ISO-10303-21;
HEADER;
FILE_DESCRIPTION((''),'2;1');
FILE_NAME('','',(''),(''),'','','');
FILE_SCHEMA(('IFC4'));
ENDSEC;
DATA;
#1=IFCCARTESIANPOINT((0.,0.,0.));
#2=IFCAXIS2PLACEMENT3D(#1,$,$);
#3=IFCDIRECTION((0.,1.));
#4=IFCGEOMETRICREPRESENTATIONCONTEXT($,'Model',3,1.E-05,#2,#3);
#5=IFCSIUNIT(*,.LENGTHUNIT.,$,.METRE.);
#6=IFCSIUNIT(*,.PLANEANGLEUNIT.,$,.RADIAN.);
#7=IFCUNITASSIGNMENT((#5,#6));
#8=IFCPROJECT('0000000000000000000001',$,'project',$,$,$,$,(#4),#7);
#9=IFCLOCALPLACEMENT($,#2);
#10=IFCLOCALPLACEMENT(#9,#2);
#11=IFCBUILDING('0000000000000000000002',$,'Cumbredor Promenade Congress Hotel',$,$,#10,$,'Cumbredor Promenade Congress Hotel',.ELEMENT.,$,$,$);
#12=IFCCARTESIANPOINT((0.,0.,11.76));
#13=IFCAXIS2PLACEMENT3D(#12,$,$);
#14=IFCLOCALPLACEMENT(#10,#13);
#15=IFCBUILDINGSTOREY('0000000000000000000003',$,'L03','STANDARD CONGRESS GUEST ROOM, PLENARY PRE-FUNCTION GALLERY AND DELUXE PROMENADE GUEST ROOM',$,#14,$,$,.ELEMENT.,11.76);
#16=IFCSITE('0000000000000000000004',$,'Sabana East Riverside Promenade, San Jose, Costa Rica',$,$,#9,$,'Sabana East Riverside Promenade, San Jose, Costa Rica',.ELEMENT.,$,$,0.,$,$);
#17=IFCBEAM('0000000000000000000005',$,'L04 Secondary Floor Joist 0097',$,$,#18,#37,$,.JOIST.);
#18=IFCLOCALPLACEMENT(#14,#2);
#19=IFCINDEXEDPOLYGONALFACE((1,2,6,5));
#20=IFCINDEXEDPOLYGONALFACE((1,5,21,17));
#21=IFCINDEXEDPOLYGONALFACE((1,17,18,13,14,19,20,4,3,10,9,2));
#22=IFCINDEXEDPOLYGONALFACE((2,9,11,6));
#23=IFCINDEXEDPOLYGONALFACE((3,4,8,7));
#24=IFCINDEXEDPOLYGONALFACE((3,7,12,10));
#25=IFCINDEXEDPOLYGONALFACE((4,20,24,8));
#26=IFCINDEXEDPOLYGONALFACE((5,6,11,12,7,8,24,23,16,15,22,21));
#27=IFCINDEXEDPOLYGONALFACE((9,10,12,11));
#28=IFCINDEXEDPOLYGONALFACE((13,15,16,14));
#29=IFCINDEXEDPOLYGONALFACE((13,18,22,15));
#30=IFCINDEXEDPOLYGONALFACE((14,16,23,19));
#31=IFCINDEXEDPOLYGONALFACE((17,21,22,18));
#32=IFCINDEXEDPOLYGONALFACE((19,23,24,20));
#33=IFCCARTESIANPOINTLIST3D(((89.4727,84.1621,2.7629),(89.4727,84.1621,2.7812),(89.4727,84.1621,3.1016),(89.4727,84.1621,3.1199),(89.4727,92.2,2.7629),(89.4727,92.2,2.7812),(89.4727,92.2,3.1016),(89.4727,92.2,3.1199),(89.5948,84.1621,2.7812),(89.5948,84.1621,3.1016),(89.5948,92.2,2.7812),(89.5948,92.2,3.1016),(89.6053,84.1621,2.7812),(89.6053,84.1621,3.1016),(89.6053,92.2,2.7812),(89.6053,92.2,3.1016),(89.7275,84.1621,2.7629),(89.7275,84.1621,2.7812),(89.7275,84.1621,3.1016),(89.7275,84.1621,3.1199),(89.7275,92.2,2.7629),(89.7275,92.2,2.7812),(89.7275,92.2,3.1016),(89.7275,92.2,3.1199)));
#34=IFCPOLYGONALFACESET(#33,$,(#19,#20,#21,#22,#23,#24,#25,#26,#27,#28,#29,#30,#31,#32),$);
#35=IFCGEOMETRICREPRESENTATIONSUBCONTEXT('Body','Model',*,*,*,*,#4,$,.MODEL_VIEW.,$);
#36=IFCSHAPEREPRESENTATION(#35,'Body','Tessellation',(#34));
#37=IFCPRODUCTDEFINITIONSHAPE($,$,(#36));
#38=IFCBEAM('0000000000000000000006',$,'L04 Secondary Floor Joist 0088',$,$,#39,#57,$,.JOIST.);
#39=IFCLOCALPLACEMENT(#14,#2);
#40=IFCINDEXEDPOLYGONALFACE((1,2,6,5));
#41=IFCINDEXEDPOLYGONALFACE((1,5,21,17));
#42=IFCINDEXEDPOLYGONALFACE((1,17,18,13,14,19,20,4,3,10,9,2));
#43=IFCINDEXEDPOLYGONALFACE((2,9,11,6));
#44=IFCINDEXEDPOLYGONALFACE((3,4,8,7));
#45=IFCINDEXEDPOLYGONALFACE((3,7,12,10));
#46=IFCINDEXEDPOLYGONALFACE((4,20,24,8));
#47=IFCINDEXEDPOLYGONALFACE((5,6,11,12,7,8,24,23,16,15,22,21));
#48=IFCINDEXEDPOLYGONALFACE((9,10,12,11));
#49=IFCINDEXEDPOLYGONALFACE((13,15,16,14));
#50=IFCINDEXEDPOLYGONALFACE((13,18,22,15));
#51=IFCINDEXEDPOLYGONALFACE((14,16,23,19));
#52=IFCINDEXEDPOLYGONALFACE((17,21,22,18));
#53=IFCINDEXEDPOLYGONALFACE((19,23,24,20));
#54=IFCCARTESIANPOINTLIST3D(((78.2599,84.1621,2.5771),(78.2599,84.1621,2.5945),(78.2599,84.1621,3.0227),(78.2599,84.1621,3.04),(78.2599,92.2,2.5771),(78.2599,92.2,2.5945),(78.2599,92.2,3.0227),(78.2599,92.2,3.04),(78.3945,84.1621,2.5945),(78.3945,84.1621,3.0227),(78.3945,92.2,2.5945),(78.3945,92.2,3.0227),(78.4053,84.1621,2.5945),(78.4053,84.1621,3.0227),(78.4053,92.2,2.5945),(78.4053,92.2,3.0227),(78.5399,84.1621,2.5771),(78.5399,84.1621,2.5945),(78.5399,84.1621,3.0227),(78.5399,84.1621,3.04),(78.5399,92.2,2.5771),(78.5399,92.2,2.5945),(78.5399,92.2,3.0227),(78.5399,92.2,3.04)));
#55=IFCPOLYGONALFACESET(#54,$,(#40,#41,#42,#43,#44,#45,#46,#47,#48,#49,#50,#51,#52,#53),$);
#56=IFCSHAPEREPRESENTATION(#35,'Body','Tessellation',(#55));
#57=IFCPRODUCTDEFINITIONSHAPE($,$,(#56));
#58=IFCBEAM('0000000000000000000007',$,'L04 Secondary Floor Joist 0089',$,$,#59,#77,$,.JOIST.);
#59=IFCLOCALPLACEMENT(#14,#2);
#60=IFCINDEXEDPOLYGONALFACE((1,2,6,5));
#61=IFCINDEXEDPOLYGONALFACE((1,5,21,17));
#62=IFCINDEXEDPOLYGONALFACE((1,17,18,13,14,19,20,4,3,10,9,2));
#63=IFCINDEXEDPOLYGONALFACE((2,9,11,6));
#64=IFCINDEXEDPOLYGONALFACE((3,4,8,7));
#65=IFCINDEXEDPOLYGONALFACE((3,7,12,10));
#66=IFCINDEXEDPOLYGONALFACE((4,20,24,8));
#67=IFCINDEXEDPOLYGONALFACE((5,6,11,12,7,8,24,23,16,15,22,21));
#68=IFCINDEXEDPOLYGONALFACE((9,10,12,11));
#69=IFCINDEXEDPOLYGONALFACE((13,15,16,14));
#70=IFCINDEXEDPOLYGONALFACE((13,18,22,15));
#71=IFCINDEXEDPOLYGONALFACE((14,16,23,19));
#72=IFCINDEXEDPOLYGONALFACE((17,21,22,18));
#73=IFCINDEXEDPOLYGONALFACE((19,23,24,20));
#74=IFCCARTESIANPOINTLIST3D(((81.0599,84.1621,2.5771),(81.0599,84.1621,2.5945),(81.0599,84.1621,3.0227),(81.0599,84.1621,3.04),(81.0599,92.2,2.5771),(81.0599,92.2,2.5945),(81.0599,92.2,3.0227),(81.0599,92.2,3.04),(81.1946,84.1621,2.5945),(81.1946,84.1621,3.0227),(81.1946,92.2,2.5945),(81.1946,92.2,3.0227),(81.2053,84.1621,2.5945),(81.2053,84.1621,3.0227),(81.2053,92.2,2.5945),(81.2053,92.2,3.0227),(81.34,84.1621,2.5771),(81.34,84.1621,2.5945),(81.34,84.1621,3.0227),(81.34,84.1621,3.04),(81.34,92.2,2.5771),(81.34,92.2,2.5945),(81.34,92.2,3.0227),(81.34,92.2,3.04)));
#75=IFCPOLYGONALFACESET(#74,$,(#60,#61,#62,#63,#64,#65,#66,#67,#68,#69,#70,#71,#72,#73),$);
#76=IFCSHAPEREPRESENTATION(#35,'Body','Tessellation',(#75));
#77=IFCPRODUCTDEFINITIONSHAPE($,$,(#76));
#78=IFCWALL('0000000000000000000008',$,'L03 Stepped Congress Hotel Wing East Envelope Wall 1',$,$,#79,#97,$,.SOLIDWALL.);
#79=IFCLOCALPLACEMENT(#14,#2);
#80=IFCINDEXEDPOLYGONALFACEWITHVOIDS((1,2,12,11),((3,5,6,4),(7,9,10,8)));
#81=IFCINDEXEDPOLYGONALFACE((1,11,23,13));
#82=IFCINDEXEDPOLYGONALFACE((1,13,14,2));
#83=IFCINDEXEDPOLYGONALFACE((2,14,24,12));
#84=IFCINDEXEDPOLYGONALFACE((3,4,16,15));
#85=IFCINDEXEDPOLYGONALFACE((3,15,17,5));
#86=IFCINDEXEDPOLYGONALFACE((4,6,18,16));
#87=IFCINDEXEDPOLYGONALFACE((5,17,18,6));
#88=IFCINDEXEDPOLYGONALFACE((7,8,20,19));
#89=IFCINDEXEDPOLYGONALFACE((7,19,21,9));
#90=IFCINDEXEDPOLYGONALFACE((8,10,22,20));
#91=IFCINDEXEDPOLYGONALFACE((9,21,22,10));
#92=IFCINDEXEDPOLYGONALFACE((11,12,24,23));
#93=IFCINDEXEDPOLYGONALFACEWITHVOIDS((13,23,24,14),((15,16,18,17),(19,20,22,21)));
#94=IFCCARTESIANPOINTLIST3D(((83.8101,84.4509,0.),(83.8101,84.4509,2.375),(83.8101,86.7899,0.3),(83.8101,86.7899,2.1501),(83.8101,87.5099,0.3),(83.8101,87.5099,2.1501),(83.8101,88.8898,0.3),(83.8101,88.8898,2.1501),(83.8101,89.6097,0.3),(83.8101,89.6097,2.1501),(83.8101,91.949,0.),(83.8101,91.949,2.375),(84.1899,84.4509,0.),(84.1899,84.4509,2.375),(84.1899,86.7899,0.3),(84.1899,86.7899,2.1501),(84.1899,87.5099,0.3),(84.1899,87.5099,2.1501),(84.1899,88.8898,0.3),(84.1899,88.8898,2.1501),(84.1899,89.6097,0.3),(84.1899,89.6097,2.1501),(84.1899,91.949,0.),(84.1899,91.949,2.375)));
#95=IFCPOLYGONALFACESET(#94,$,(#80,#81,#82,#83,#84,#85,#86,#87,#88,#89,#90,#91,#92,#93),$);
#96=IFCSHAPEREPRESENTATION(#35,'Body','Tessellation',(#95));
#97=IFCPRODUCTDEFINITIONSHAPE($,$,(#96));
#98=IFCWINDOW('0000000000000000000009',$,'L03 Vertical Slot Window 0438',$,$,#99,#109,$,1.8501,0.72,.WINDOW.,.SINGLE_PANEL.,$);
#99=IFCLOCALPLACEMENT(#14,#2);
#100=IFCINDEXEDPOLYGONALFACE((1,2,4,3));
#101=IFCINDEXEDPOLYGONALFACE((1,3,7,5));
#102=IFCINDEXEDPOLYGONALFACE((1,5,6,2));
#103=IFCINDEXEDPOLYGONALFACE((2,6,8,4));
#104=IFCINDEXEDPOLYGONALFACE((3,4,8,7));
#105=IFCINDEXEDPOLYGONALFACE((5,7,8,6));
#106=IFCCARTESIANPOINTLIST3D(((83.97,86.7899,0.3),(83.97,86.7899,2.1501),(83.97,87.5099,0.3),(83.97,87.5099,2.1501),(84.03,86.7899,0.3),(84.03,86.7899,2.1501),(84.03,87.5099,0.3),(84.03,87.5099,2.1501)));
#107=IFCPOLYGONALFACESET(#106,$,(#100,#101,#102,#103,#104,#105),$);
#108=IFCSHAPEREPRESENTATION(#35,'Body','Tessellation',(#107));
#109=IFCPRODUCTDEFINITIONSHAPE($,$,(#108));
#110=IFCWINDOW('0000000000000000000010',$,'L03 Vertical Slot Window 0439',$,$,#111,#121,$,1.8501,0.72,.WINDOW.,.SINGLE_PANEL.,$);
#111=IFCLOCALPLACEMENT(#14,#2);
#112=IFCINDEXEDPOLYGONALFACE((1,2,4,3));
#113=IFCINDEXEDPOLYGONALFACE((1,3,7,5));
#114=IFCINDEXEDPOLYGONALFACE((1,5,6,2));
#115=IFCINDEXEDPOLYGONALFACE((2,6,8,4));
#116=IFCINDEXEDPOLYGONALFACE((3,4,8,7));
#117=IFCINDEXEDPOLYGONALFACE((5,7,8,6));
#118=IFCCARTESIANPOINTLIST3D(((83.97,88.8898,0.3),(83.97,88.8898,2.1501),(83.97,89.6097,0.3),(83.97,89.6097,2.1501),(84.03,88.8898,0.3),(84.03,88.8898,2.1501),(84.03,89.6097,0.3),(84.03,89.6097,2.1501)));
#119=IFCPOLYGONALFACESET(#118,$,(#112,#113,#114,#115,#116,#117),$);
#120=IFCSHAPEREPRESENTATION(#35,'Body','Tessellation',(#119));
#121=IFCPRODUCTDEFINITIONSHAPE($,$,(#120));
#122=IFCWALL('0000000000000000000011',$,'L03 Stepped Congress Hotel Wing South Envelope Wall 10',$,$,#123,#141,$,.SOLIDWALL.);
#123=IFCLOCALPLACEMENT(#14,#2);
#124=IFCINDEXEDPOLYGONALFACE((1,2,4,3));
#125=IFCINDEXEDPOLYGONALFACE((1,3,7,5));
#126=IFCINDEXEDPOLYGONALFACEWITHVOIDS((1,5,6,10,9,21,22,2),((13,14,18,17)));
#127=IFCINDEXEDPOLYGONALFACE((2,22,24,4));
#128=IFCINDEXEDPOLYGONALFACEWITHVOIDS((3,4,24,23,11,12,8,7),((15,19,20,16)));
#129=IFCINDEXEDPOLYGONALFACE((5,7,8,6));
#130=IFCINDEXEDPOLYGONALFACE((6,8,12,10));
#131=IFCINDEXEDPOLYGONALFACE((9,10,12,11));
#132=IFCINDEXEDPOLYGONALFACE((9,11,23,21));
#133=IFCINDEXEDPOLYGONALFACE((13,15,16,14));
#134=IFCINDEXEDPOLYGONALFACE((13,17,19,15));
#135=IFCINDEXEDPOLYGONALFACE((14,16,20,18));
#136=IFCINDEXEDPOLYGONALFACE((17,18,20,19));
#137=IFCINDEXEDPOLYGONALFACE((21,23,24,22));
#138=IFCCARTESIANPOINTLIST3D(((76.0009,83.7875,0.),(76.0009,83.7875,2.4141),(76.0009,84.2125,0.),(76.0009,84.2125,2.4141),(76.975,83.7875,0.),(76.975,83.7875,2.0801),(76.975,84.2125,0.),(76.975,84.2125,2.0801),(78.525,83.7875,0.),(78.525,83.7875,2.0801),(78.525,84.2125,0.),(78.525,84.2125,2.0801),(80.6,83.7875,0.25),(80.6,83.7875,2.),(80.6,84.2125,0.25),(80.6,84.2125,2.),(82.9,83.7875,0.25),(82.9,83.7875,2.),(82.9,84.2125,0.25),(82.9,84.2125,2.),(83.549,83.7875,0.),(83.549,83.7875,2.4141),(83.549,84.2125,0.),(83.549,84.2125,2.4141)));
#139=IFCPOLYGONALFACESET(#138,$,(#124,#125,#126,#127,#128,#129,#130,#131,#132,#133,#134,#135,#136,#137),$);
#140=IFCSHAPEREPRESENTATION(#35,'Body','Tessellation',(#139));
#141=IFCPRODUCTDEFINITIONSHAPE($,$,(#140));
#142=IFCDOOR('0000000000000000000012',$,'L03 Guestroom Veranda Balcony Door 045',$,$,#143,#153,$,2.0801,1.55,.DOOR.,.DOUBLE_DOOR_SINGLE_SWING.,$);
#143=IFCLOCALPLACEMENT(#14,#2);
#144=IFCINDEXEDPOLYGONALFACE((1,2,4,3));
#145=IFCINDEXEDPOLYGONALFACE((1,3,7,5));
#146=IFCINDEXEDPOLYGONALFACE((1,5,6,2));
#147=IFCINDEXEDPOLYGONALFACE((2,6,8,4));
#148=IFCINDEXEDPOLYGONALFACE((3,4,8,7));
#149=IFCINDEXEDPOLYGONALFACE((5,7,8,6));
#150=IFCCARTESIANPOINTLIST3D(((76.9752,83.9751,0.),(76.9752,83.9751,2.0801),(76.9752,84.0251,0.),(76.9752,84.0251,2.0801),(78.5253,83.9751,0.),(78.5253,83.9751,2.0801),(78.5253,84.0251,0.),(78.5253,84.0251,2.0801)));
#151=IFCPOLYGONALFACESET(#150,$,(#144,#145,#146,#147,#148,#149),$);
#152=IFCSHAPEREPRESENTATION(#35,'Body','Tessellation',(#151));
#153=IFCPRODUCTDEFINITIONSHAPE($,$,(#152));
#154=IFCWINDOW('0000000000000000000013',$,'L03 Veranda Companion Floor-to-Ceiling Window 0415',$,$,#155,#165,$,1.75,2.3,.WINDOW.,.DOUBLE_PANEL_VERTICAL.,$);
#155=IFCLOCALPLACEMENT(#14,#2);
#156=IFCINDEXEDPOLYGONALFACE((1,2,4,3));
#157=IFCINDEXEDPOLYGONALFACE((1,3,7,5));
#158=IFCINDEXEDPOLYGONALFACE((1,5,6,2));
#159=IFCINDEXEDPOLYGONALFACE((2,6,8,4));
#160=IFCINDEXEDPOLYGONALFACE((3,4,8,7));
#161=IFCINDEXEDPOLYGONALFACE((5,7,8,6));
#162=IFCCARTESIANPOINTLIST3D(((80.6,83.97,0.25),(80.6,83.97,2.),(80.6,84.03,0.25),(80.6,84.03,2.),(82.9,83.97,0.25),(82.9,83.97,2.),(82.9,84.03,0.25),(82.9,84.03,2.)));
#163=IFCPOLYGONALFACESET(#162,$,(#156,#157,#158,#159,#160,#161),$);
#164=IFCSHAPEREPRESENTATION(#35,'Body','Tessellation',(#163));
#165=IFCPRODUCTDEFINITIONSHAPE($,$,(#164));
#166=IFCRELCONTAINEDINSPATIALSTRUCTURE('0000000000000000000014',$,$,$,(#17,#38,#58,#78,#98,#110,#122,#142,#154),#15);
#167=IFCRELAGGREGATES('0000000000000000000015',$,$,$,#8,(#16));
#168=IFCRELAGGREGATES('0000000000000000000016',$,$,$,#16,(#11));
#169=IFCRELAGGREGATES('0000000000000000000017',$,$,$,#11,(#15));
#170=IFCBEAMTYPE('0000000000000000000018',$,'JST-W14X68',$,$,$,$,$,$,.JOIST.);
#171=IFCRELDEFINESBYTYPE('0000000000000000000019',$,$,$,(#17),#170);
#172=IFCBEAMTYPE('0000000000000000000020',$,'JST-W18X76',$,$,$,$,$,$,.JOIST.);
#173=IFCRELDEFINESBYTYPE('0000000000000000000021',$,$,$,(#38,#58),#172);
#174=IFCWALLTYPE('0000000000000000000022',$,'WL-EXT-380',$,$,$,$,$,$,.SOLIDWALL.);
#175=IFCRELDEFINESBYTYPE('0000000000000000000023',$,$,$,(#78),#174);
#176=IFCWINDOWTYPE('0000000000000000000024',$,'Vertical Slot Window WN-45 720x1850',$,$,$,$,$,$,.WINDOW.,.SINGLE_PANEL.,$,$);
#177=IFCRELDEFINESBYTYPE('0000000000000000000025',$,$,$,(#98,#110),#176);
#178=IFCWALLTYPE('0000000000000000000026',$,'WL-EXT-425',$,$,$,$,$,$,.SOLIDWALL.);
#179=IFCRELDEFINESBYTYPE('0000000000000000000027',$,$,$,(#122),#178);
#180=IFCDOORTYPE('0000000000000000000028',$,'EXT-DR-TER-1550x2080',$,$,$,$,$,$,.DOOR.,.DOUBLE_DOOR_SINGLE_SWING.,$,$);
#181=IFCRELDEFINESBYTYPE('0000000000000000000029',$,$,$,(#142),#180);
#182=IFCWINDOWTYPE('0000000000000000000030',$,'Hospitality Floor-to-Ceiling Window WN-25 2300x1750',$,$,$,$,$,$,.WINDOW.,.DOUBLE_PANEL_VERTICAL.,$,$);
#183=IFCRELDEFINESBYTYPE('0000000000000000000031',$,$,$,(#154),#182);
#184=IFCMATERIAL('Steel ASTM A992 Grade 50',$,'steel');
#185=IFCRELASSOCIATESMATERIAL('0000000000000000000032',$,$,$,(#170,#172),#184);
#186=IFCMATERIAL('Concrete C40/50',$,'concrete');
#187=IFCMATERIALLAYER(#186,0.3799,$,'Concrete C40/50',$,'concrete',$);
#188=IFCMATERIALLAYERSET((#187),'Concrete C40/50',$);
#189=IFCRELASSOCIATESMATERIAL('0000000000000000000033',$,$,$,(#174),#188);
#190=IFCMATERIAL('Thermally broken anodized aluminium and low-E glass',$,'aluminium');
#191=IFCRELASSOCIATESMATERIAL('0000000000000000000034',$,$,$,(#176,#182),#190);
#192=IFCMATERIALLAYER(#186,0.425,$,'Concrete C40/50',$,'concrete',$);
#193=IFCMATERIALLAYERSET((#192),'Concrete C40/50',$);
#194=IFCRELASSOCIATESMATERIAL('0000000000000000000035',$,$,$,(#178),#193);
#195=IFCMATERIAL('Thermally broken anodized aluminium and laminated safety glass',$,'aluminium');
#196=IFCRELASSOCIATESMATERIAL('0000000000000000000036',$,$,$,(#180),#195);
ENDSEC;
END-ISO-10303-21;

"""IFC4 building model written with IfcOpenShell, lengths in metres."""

from ifc_helpers import new_model, si_unit, direction, frame, frame_2d, origin, origin_2d, place, context, subcontext, project, spatial, rectangle, i_section, extrude, material, layer, layer_set, material_profile, profile_set, type_object, element, fill, save


model = new_model("IFC4")

# Units and contexts
model_context = context("Model", 3, precision=1e-05, world=origin(), true_north=direction((0.0, 1.0)))
body_context = subcontext(model_context, "Body", "Model", "MODEL_VIEW")
ifc_project = project(units=[si_unit("LENGTHUNIT", "METRE"), si_unit("PLANEANGLEUNIT", "RADIAN")], contexts=[model_context])

# Site, building, storey
site_placement = place(None, origin())
site = spatial("IfcSite", under=ifc_project, at=site_placement, Name="Sabana East Riverside Promenade, San Jose, Costa Rica", LongName="Sabana East Riverside Promenade, San Jose, Costa Rica", CompositionType="ELEMENT", RefElevation=0.0)
building_placement = place(site_placement, origin())
building = spatial("IfcBuilding", under=site, at=building_placement, Name="Cumbredor Promenade Congress Hotel", LongName="Cumbredor Promenade Congress Hotel", CompositionType="ELEMENT")
storey_placement = place(building_placement, frame((0.0, 0.0, 11.76)))
storey = spatial("IfcBuildingStorey", under=building, at=storey_placement, Name="L03", Description="STANDARD CONGRESS GUEST ROOM, PLENARY PRE-FUNCTION GALLERY AND DELUXE PROMENADE GUEST ROOM", CompositionType="ELEMENT", Elevation=11.76)

# Shared definitions
ifc_material_1 = material(Name="Concrete C40/50", Category="concrete")

# Shared definitions
ifc_material_2 = material(Name="Steel ASTM A992 Grade 50", Category="steel")

# Shared definitions
ifc_material_3 = material(Name="Thermally broken anodized aluminium and low-E glass", Category="aluminium")

# Beams
ifc_material_profile_1 = material_profile(ifc_material_2, i_section(OverallWidth=0.2549, OverallDepth=0.3569, WebThickness=0.0105, FlangeThickness=0.0183, at=origin_2d()), Name="W14X68")
ifc_profile_set_1 = profile_set([ifc_material_profile_1], Name="Steel ASTM A992 Grade 50")
beam_type_1 = type_object("IfcBeamType", Name="JST-W14X68", PredefinedType="JOIST", material=ifc_profile_set_1)
for number, where, z_axis, x_axis, name in (
    (1, (89.6001, 84.1621, 2.9414), (0.0, 1.0, 0.0), (-1.0, 0.0, 0.0), "L04 Secondary Floor Joist 0097"),
):
    element("IfcBeam", number, at=place(storey_placement, frame(where, z_axis=z_axis, x_axis=x_axis)), inside=storey, type_object=beam_type_1, Name=name, PredefinedType="JOIST", context=body_context, shape_type="SweptSolid", body=[
        extrude(i_section(OverallWidth=0.2549, OverallDepth=0.3569, WebThickness=0.0105, FlangeThickness=0.0183, at=origin_2d()), origin(), (0.0, 0.0, 1.0), 8.0378),
    ])
ifc_material_profile_2 = material_profile(ifc_material_2, i_section(OverallWidth=0.28, OverallDepth=0.4629, WebThickness=0.0107, FlangeThickness=0.0173, at=origin_2d()), Name="W18X76")
ifc_profile_set_2 = profile_set([ifc_material_profile_2], Name="Steel ASTM A992 Grade 50")
beam_type_2 = type_object("IfcBeamType", Name="JST-W18X76", PredefinedType="JOIST", material=ifc_profile_set_2)
for number, where, z_axis, x_axis, name in (
    (2, (78.3999, 84.1621, 2.8086), (0.0, 1.0, 0.0), (-1.0, 0.0, 0.0), "L04 Secondary Floor Joist 0088"),
    (3, (81.2, 84.1621, 2.8086), (0.0, 1.0, 0.0), (-1.0, 0.0, 0.0), "L04 Secondary Floor Joist 0089"),
):
    element("IfcBeam", number, at=place(storey_placement, frame(where, z_axis=z_axis, x_axis=x_axis)), inside=storey, type_object=beam_type_2, Name=name, PredefinedType="JOIST", context=body_context, shape_type="SweptSolid", body=[
        extrude(i_section(OverallWidth=0.28, OverallDepth=0.4629, WebThickness=0.0107, FlangeThickness=0.0173, at=origin_2d()), origin(), (0.0, 0.0, 1.0), 8.0378),
    ])

# Wall, openings, windows
ifc_layer_1 = layer(ifc_material_1, 0.3799, Name="Concrete C40/50", Category="concrete")
ifc_layer_set_1 = layer_set([ifc_layer_1], Name="Concrete C40/50")
wall_type_1 = type_object("IfcWallType", Name="WL-EXT-380", PredefinedType="SOLIDWALL", material=ifc_layer_set_1)
wall_1_placement = place(storey_placement, frame((84.0, 84.4509, 0.0), z_axis=(0.0, 0.0, 1.0), x_axis=(0.0, 1.0, 0.0)))
wall_1 = element("IfcWall", 4, at=wall_1_placement, inside=storey, type_object=wall_type_1, Name="L03 Stepped Congress Hotel Wing East Envelope Wall 1", PredefinedType="SOLIDWALL", context=body_context, shape_type="SweptSolid", body=[
    extrude(rectangle(XDim=7.498, YDim=0.3799, at=frame_2d((3.749, 0.0))), origin(), (0.0, 0.0, 1.0), 2.375),
])
opening_1_placement = place(wall_1_placement, frame((2.3391, 0.0, 0.3)))
opening_1 = element("IfcOpeningElement", 5, at=opening_1_placement, cuts=wall_1, PredefinedType="OPENING", context=body_context, shape_type="SweptSolid", body=[
    extrude(rectangle(XDim=0.72, YDim=1.8501, at=frame_2d((0.3599, 0.925))), frame((0.0, 0.2, 0.0), z_axis=(0.0, -1.0, 0.0), x_axis=(1.0, 0.0, 0.0)), (0.0, 0.0, 1.0), 0.3999),
])
opening_2_placement = place(wall_1_placement, frame((4.439, 0.0, 0.3)))
opening_2 = element("IfcOpeningElement", 6, at=opening_2_placement, cuts=wall_1, PredefinedType="OPENING", context=body_context, shape_type="SweptSolid", body=[
    extrude(rectangle(XDim=0.72, YDim=1.8501, at=frame_2d((0.3599, 0.925))), frame((0.0, 0.2, 0.0), z_axis=(0.0, -1.0, 0.0), x_axis=(1.0, 0.0, 0.0)), (0.0, 0.0, 1.0), 0.3999),
])
window_type_1 = type_object("IfcWindowType", Name="Vertical Slot Window WN-45 720x1850", PartitioningType="SINGLE_PANEL", PredefinedType="WINDOW", material=ifc_material_3)
window_1_placement = place(opening_1_placement, origin())
window_1 = element("IfcWindow", 7, at=window_1_placement, inside=storey, type_object=window_type_1, Name="L03 Vertical Slot Window 0438", OverallHeight=1.8501, OverallWidth=0.72, PartitioningType="SINGLE_PANEL", PredefinedType="WINDOW", context=body_context, shape_type="SweptSolid", body=[
    extrude(rectangle(XDim=0.72, YDim=1.8501, at=frame_2d((0.3599, 0.925))), frame((0.0, 0.03, 0.0), z_axis=(0.0, -1.0, 0.0), x_axis=(1.0, 0.0, 0.0)), (0.0, 0.0, 1.0), 0.0601),
])
fill(opening_1, window_1)
window_2_placement = place(opening_2_placement, origin())
window_2 = element("IfcWindow", 8, at=window_2_placement, inside=storey, type_object=window_type_1, Name="L03 Vertical Slot Window 0439", OverallHeight=1.8501, OverallWidth=0.72, PartitioningType="SINGLE_PANEL", PredefinedType="WINDOW", context=body_context, shape_type="SweptSolid", body=[
    extrude(rectangle(XDim=0.72, YDim=1.8501, at=frame_2d((0.3599, 0.925))), frame((0.0, 0.03, 0.0), z_axis=(0.0, -1.0, 0.0), x_axis=(1.0, 0.0, 0.0)), (0.0, 0.0, 1.0), 0.0601),
])
fill(opening_2, window_2)

# Wall, openings, door, window
ifc_layer_2 = layer(ifc_material_1, 0.425, Name="Concrete C40/50", Category="concrete")
ifc_layer_set_2 = layer_set([ifc_layer_2], Name="Concrete C40/50")
wall_type_2 = type_object("IfcWallType", Name="WL-EXT-425", PredefinedType="SOLIDWALL", material=ifc_layer_set_2)
wall_2_placement = place(storey_placement, frame((76.001, 84.0, 0.0), z_axis=(0.0, 0.0, 1.0), x_axis=(1.0, 0.0, 0.0)))
wall_2 = element("IfcWall", 9, at=wall_2_placement, inside=storey, type_object=wall_type_2, Name="L03 Stepped Congress Hotel Wing South Envelope Wall 10", PredefinedType="SOLIDWALL", context=body_context, shape_type="SweptSolid", body=[
    extrude(rectangle(XDim=7.5481, YDim=0.425, at=frame_2d((3.7739, 0.0))), origin(), (0.0, 0.0, 1.0), 2.4141),
])
opening_3_placement = place(wall_2_placement, frame((0.9741, 0.0, 0.0)))
opening_3 = element("IfcOpeningElement", 10, at=opening_3_placement, cuts=wall_2, PredefinedType="OPENING", context=body_context, shape_type="SweptSolid", body=[
    extrude(rectangle(XDim=1.55, YDim=2.0801, at=frame_2d((0.7749, 1.04))), frame((0.0, 0.2227, 0.0), z_axis=(0.0, -1.0, 0.0), x_axis=(1.0, 0.0, 0.0)), (0.0, 0.0, 1.0), 0.4451),
])
opening_4_placement = place(wall_2_placement, frame((4.5991, 0.0, 0.25)))
opening_4 = element("IfcOpeningElement", 11, at=opening_4_placement, cuts=wall_2, PredefinedType="OPENING", context=body_context, shape_type="SweptSolid", body=[
    extrude(rectangle(XDim=2.3, YDim=1.75, at=frame_2d((1.1499, 0.875))), frame((0.0, 0.2227, 0.0), z_axis=(0.0, -1.0, 0.0), x_axis=(1.0, 0.0, 0.0)), (0.0, 0.0, 1.0), 0.4451),
])
ifc_material_4 = material(Name="Thermally broken anodized aluminium and laminated safety glass", Category="aluminium")
door_type = type_object("IfcDoorType", Name="EXT-DR-TER-1550x2080", OperationType="DOUBLE_DOOR_SINGLE_SWING", PredefinedType="DOOR", material=ifc_material_4)
door_placement = place(opening_3_placement, frame((1.55, 0.0, 0.0), z_axis=(0.0, 0.0, 1.0), x_axis=(-1.0, 0.0, 0.0)))
door = element("IfcDoor", 12, at=door_placement, inside=storey, type_object=door_type, Name="L03 Guestroom Veranda Balcony Door 045", OperationType="DOUBLE_DOOR_SINGLE_SWING", OverallHeight=2.0801, OverallWidth=1.55, PredefinedType="DOOR", context=body_context, shape_type="SweptSolid", body=[
    extrude(rectangle(XDim=1.55, YDim=2.0801, at=frame_2d((0.7749, 1.04))), frame((0.0, 0.0249, 0.0), z_axis=(0.0, -1.0, 0.0), x_axis=(1.0, 0.0, 0.0)), (0.0, 0.0, 1.0), 0.05),
])
fill(opening_3, door)
window_type_2 = type_object("IfcWindowType", Name="Hospitality Floor-to-Ceiling Window WN-25 2300x1750", PartitioningType="DOUBLE_PANEL_VERTICAL", PredefinedType="WINDOW", material=ifc_material_3)
window_3_placement = place(opening_4_placement, origin())
window_3 = element("IfcWindow", 13, at=window_3_placement, inside=storey, type_object=window_type_2, Name="L03 Veranda Companion Floor-to-Ceiling Window 0415", OverallHeight=1.75, OverallWidth=2.3, PartitioningType="DOUBLE_PANEL_VERTICAL", PredefinedType="WINDOW", context=body_context, shape_type="SweptSolid", body=[
    extrude(rectangle(XDim=2.3, YDim=1.75, at=frame_2d((1.1499, 0.875))), frame((0.0, 0.03, 0.0), z_axis=(0.0, -1.0, 0.0), x_axis=(1.0, 0.0, 0.0)), (0.0, 0.0, 1.0), 0.0601),
])
fill(opening_4, window_3)

save(model, "model.ifc")
